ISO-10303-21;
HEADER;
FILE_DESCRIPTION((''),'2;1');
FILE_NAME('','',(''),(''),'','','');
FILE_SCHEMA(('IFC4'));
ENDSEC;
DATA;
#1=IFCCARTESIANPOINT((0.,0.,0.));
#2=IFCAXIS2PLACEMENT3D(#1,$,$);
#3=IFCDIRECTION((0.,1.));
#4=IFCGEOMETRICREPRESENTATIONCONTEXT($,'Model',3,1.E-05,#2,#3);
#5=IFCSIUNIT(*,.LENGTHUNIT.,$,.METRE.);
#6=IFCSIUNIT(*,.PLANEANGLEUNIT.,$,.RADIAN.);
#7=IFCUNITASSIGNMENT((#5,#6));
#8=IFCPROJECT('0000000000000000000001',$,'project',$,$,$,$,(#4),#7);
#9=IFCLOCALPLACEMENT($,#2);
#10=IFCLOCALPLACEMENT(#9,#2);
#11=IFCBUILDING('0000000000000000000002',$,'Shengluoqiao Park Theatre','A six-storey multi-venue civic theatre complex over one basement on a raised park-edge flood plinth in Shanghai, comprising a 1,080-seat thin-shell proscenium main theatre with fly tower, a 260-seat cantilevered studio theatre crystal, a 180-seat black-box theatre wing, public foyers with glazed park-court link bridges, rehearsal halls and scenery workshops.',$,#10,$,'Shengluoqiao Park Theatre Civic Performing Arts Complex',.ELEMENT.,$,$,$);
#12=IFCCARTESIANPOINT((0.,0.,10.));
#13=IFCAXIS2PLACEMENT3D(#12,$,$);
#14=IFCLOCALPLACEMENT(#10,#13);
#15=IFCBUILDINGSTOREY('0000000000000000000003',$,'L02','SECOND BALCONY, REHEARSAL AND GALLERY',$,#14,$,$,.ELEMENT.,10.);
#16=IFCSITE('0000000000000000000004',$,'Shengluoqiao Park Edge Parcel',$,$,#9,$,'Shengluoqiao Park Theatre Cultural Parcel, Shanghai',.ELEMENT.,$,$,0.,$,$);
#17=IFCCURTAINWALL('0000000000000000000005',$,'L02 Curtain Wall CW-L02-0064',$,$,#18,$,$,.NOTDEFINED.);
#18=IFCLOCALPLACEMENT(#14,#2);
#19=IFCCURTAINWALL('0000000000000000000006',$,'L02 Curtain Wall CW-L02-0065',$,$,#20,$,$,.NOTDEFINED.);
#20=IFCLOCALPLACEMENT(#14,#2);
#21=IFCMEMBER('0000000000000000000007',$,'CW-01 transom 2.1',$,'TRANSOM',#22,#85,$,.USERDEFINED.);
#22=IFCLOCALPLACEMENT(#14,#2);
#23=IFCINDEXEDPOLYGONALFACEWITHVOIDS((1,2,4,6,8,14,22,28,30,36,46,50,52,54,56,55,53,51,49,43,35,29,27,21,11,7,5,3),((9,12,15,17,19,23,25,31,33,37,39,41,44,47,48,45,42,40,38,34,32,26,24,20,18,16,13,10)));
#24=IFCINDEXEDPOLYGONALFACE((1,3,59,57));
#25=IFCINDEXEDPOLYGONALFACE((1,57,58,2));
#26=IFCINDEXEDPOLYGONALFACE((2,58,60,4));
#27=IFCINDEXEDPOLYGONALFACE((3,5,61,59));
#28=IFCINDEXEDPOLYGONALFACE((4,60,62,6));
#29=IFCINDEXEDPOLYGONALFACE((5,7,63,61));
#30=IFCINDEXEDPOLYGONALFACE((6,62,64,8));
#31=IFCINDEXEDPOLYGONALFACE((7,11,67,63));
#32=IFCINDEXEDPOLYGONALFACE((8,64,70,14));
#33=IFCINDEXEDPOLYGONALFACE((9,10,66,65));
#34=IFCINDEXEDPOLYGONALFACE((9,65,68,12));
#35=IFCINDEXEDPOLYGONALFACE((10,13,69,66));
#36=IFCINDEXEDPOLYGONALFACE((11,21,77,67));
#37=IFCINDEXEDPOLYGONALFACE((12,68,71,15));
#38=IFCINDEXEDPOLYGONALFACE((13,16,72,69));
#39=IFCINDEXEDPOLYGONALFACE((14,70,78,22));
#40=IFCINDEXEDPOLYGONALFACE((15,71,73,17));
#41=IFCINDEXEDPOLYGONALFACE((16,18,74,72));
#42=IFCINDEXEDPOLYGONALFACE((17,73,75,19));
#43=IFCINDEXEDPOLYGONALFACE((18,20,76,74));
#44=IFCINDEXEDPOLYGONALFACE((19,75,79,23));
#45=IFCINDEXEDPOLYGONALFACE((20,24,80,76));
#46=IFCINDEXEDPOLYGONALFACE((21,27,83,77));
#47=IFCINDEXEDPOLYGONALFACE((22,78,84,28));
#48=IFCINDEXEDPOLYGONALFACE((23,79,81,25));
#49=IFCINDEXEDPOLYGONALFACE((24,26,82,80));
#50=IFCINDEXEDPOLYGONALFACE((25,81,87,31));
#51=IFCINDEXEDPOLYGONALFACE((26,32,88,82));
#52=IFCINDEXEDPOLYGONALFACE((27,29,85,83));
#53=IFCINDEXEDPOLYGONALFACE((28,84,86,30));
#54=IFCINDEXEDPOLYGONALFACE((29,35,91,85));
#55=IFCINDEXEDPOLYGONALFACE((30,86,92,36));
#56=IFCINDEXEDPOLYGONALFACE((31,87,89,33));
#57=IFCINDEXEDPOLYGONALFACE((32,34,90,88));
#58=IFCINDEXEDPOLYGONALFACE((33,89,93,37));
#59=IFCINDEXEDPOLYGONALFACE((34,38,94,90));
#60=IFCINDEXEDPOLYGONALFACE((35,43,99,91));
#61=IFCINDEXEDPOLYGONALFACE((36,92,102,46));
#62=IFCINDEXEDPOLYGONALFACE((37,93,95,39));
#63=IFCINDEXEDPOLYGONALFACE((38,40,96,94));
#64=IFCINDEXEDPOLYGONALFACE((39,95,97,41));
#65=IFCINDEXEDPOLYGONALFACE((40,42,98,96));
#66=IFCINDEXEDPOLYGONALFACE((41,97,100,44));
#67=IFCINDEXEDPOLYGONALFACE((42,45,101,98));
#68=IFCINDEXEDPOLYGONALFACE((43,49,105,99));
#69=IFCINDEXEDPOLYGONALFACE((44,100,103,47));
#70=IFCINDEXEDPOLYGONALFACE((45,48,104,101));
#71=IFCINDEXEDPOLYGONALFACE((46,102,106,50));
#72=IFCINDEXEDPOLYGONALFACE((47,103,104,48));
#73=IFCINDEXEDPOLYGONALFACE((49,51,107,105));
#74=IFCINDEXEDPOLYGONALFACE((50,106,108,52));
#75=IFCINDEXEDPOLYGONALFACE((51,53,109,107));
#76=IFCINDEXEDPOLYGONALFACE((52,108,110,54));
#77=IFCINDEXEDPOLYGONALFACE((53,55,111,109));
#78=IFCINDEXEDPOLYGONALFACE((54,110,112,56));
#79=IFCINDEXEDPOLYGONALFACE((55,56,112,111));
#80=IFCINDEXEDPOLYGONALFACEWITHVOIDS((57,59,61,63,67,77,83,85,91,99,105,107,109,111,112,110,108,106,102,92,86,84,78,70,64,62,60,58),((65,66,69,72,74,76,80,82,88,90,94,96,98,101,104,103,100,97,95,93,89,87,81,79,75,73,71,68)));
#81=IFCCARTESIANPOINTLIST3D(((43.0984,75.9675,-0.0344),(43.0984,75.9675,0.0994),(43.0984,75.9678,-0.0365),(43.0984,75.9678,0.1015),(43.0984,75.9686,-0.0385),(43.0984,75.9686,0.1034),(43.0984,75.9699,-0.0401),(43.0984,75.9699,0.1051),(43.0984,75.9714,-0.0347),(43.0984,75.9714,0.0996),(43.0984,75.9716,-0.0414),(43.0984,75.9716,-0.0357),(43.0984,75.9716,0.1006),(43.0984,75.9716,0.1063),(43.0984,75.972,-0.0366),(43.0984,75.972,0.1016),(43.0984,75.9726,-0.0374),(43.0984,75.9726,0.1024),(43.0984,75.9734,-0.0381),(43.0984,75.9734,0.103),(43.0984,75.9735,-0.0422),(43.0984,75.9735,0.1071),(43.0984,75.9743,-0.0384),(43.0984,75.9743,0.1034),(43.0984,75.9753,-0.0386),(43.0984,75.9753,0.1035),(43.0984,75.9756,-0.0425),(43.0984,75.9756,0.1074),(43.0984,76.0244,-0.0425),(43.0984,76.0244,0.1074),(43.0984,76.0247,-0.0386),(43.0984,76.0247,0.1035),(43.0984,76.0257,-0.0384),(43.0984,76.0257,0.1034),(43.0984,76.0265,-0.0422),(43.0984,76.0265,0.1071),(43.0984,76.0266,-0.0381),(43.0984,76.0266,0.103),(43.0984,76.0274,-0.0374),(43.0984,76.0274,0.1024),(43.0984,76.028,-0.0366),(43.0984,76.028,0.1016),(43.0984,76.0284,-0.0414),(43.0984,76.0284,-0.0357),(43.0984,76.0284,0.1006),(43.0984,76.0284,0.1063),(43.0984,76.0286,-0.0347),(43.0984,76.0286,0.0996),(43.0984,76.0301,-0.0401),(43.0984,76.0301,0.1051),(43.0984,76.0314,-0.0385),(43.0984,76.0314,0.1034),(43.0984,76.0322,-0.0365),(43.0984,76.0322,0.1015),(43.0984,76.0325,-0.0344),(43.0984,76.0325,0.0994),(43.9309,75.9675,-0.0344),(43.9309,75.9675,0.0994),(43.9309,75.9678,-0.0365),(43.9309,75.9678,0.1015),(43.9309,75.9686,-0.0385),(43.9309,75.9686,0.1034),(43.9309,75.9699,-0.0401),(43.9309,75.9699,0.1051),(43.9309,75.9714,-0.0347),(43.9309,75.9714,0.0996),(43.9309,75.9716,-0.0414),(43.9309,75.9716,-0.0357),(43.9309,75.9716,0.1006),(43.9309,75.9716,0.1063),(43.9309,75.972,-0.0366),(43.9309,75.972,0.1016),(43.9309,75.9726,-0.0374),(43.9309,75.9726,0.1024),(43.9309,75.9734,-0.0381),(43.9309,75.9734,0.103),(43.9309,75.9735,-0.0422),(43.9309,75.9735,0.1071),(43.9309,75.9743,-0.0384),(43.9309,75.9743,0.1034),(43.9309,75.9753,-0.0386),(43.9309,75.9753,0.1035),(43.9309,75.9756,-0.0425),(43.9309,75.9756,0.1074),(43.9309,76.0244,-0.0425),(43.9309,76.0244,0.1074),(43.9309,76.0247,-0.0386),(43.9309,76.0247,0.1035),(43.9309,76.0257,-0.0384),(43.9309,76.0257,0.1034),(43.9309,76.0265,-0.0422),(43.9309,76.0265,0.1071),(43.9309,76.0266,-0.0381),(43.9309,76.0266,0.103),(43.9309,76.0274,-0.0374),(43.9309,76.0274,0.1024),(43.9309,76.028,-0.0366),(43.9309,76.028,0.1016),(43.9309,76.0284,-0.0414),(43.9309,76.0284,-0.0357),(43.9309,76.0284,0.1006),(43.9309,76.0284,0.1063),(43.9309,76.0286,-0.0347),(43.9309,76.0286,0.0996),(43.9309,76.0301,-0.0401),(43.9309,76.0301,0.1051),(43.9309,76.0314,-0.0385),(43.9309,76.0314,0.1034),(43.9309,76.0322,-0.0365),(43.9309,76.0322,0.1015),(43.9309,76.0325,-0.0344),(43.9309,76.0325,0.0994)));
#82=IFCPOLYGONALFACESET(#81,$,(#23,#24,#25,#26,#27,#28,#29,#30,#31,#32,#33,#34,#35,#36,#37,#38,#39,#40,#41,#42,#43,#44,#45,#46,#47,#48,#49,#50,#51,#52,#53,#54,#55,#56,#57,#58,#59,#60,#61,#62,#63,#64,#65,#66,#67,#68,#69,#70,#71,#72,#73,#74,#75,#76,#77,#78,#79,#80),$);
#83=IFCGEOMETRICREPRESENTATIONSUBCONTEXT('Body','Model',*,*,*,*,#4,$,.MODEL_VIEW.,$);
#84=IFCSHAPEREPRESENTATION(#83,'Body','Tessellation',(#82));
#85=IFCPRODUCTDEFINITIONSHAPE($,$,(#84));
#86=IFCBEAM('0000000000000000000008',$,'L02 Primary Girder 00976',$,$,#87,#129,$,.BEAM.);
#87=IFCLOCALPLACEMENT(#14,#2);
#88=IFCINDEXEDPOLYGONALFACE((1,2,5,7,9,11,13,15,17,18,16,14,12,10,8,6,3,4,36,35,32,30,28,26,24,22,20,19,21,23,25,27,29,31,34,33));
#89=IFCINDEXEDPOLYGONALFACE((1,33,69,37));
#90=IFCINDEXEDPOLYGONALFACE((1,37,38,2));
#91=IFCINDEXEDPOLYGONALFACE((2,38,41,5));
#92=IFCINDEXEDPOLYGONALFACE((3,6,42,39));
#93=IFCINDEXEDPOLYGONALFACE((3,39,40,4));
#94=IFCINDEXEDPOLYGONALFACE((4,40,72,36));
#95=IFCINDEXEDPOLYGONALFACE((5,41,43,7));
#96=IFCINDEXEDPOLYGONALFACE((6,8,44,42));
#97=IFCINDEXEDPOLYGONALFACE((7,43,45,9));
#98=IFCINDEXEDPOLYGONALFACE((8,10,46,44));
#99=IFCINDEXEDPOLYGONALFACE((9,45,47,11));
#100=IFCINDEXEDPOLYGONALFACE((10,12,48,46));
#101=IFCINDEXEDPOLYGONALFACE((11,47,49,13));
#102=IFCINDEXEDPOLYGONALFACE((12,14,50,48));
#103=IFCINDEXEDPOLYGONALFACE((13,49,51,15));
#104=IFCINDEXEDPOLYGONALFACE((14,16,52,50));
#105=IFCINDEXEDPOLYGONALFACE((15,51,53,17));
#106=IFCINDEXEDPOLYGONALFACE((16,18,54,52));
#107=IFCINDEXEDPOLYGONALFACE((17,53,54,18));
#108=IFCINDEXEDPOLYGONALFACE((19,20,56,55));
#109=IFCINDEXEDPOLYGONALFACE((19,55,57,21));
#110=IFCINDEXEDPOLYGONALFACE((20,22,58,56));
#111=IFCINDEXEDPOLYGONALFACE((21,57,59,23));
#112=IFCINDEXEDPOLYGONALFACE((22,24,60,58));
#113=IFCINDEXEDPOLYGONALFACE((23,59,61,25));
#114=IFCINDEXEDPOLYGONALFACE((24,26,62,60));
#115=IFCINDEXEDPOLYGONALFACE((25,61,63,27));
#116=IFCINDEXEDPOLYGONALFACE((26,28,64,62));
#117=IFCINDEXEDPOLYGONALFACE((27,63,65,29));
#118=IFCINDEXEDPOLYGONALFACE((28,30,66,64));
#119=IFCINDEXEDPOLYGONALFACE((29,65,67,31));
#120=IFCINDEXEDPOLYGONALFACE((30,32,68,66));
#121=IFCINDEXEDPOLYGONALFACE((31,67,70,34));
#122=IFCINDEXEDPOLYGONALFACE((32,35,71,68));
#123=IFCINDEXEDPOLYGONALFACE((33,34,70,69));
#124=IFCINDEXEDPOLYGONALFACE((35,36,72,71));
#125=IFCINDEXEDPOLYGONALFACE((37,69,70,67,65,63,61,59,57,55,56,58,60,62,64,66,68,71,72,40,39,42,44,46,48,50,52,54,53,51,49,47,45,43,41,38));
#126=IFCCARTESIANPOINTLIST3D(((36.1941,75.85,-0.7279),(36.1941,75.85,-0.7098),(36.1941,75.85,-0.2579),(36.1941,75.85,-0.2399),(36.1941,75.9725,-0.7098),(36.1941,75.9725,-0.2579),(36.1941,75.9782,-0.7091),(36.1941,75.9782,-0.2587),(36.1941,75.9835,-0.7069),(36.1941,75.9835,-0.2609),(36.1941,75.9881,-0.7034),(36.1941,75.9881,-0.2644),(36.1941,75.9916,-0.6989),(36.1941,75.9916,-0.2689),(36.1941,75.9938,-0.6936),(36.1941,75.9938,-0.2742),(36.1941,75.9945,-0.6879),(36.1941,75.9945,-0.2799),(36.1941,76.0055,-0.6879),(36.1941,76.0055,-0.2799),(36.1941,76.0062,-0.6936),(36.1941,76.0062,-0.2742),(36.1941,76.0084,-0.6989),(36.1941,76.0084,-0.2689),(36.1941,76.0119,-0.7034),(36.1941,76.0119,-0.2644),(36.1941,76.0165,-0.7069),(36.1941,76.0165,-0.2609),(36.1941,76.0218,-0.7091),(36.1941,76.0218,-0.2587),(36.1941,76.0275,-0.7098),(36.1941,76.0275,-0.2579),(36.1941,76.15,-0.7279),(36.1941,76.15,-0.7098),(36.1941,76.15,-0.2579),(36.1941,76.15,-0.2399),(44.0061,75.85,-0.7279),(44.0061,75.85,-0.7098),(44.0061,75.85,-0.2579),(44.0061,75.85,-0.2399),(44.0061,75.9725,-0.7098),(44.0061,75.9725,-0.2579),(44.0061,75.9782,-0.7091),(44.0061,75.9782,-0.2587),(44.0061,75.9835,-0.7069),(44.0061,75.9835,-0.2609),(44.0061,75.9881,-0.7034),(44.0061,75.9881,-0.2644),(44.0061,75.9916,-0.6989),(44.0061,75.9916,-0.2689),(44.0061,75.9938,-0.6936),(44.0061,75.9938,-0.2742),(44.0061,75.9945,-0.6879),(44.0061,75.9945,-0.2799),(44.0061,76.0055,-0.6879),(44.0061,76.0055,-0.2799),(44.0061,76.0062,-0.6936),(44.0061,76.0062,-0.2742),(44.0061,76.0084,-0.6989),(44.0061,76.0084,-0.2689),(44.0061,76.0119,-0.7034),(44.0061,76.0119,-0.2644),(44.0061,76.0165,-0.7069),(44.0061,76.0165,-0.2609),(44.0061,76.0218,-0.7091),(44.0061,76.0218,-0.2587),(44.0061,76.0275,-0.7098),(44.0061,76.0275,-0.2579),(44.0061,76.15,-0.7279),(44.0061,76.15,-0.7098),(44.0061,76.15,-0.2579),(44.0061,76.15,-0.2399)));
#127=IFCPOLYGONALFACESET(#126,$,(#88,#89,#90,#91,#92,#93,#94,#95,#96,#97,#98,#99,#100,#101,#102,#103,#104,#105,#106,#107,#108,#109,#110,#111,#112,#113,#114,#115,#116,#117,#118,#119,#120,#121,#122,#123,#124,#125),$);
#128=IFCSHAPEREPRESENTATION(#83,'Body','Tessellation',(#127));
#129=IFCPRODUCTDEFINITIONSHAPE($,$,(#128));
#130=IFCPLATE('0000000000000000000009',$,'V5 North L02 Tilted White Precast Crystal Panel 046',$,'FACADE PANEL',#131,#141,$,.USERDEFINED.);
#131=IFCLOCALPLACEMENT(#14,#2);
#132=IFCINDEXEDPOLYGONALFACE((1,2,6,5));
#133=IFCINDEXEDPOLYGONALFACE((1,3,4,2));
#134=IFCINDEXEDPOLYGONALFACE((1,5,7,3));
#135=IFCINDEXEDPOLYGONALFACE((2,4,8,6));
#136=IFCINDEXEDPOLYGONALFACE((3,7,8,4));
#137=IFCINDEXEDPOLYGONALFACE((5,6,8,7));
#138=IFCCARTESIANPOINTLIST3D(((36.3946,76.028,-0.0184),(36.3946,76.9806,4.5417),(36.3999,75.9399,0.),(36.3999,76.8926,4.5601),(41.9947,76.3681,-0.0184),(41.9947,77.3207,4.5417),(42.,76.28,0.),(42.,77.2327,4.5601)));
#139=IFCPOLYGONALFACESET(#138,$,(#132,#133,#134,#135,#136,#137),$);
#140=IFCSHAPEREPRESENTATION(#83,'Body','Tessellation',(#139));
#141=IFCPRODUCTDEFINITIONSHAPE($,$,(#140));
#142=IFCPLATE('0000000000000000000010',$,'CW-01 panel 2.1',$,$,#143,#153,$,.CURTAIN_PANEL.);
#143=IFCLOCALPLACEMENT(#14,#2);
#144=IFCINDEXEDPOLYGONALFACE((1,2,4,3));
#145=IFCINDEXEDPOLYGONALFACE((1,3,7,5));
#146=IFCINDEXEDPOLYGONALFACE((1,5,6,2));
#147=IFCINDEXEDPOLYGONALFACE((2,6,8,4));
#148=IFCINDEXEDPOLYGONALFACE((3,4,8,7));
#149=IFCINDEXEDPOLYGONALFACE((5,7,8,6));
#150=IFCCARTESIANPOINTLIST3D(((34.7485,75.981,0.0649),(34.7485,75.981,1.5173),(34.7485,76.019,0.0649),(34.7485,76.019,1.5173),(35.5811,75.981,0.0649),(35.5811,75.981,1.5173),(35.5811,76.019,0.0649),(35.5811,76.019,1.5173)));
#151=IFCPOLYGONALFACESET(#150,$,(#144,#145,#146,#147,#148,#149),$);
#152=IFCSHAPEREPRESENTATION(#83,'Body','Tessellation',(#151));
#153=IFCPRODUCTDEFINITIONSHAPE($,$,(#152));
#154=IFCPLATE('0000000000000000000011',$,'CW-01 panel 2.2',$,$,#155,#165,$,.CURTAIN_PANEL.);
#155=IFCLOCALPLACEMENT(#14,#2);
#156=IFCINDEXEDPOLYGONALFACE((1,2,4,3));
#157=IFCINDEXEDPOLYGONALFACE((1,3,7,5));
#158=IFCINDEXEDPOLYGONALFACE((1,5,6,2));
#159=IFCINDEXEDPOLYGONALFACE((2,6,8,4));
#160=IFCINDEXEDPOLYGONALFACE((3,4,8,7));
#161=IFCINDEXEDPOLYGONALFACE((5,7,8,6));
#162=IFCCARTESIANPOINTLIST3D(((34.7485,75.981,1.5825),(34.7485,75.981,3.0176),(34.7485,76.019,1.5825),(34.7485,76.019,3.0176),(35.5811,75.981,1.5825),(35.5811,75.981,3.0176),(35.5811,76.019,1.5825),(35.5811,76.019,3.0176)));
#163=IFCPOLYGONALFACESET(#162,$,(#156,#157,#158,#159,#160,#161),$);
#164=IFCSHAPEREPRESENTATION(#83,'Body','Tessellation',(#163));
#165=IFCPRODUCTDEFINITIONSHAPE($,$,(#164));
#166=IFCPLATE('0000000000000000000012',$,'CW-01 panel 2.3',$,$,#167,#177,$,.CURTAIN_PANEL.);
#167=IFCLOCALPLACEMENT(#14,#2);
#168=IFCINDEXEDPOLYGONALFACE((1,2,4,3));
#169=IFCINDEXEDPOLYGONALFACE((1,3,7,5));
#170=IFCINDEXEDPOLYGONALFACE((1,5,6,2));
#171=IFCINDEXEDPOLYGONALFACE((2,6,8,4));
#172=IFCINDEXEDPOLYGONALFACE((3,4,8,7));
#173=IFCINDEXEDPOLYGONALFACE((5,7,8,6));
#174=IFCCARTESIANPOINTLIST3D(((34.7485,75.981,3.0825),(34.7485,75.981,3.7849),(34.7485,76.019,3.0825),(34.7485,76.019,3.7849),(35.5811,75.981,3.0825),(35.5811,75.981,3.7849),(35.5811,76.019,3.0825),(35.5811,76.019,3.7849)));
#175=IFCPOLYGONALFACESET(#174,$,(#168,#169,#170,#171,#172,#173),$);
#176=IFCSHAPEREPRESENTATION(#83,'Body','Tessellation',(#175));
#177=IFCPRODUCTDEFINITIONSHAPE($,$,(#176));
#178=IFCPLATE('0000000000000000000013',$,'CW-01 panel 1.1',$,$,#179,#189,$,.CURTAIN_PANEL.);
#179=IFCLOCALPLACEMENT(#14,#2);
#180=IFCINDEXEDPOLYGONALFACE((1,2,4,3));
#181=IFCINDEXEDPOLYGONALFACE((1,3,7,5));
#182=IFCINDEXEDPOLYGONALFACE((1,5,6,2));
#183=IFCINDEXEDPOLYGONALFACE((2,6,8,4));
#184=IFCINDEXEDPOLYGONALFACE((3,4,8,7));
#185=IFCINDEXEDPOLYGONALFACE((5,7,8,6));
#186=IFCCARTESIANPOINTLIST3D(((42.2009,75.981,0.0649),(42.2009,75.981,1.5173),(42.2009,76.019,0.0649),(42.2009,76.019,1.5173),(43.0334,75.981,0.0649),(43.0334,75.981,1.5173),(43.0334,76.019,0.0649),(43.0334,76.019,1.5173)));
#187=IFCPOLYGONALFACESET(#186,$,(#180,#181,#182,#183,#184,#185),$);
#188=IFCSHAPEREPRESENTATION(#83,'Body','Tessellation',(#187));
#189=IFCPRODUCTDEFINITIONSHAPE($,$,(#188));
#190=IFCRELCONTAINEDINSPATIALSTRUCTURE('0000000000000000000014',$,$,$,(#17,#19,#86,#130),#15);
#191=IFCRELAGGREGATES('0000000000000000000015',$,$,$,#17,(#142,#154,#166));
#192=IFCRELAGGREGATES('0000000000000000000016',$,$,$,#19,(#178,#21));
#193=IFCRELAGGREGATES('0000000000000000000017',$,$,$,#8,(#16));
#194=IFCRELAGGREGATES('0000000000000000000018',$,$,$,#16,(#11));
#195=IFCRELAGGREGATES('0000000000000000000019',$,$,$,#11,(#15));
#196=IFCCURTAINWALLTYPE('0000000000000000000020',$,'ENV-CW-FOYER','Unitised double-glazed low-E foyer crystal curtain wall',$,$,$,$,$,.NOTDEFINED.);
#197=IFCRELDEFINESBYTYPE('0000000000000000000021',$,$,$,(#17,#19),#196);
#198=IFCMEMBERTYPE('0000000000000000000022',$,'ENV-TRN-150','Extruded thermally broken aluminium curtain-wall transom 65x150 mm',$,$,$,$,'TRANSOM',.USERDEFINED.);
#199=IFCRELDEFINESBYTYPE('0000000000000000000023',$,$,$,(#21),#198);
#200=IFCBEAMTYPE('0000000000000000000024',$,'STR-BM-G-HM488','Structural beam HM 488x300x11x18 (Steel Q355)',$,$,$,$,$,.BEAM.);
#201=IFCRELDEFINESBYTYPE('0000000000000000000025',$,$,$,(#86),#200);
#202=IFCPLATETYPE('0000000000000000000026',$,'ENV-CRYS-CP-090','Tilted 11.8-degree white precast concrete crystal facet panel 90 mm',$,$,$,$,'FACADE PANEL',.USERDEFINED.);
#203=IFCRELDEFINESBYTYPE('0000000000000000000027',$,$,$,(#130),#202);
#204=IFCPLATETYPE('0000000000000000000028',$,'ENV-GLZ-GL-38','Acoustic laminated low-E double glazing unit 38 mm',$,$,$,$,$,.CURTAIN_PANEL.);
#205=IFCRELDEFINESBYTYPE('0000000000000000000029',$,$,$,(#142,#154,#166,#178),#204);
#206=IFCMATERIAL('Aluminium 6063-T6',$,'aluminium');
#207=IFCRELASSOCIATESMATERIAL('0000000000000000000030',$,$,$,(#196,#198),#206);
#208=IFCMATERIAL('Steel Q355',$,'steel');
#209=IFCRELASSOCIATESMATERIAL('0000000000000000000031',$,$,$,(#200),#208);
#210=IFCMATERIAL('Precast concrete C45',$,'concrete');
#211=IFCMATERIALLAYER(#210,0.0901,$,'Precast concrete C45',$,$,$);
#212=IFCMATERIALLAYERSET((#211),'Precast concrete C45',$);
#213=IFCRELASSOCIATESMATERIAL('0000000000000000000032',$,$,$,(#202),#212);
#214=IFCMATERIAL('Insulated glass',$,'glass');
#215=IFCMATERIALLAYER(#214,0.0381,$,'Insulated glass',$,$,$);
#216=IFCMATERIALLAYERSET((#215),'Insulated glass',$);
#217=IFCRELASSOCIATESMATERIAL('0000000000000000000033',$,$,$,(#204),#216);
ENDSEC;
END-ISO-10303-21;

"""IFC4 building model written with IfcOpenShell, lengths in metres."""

from ifc_helpers import new_model, si_unit, direction, frame, origin, origin_2d, place, context, subcontext, project, spatial, polyline, rectangle, hollow_rectangle, i_section, outline, extrude, material, layer, layer_set, material_profile, profile_set, type_object, element, aggregate, save


model = new_model("IFC4")

# Units and contexts
model_context = context("Model", 3, precision=1e-05, world=origin(), true_north=direction((0.0, 1.0)))
body_context = subcontext(model_context, "Body", "Model", "MODEL_VIEW")
ifc_project = project(units=[si_unit("LENGTHUNIT", "METRE"), si_unit("PLANEANGLEUNIT", "RADIAN")], contexts=[model_context])

# Site, building, storey
site_placement = place(None, origin())
site = spatial("IfcSite", under=ifc_project, at=site_placement, Name="Shengluoqiao Park Edge Parcel", LongName="Shengluoqiao Park Theatre Cultural Parcel, Shanghai", CompositionType="ELEMENT", RefElevation=0.0)
building_placement = place(site_placement, origin())
building = spatial("IfcBuilding", under=site, at=building_placement, Name="Shengluoqiao Park Theatre", Description="A six-storey multi-venue civic theatre complex over one basement on a raised park-edge flood plinth in Shanghai, comprising a 1,080-seat thin-shell proscenium main theatre with fly tower, a 260-seat cantilevered studio theatre crystal, a 180-seat black-box theatre wing, public foyers with glazed park-court link bridges, rehearsal halls and scenery workshops.", LongName="Shengluoqiao Park Theatre Civic Performing Arts Complex", CompositionType="ELEMENT")
storey_placement = place(building_placement, frame((0.0, 0.0, 10.0)))
storey = spatial("IfcBuildingStorey", under=building, at=storey_placement, Name="L02", Description="SECOND BALCONY, REHEARSAL AND GALLERY", CompositionType="ELEMENT", Elevation=10.0)

# Curtain wall
ifc_material_1 = material(Name="Aluminium 6063-T6", Category="aluminium")
curtain_wall_type = type_object("IfcCurtainWallType", Name="ENV-CW-FOYER", Description="Unitised double-glazed low-E foyer crystal curtain wall", PredefinedType="NOTDEFINED", material=ifc_material_1)
curtain_wall_1_placement = place(storey_placement, origin())
curtain_wall_1 = element("IfcCurtainWall", 1, at=curtain_wall_1_placement, inside=storey, type_object=curtain_wall_type, Name="L02 Curtain Wall CW-L02-0064", PredefinedType="NOTDEFINED")

# Curtain wall
curtain_wall_2_placement = place(storey_placement, origin())
curtain_wall_2 = element("IfcCurtainWall", 2, at=curtain_wall_2_placement, inside=storey, type_object=curtain_wall_type, Name="L02 Curtain Wall CW-L02-0065", PredefinedType="NOTDEFINED")

# Member
ifc_material_profile_1 = material_profile(ifc_material_1, hollow_rectangle(XDim=0.0649, YDim=0.1499, WallThickness=0.0039, InnerFilletRadius=0.0039, OuterFilletRadius=0.0081, at=origin_2d()), Name="ALU TRANSOM 150x65x4")
ifc_profile_set_1 = profile_set([ifc_material_profile_1], Name="Aluminium 6063-T6")
member_type_1 = type_object("IfcMemberType", Name="ENV-TRN-150", Description="Extruded thermally broken aluminium curtain-wall transom 65x150 mm", ElementType="TRANSOM", PredefinedType="USERDEFINED", material=ifc_profile_set_1)
member_1_placement = place(storey_placement, frame((43.0984, 76.0, 0.0325), z_axis=(1.0, 0.0, 0.0), x_axis=(0.0, 1.0, 0.0)))
member_1 = element("IfcMember", 3, at=member_1_placement, type_object=member_type_1, Name="CW-01 transom 2.1", ObjectType="TRANSOM", PredefinedType="USERDEFINED", context=body_context, shape_type="SweptSolid", body=[
    extrude(hollow_rectangle(XDim=0.0649, YDim=0.1499, WallThickness=0.0039, InnerFilletRadius=0.0039, OuterFilletRadius=0.0081, at=origin_2d()), origin(), (0.0, 0.0, 1.0), 0.8325),
])

# Beam
ifc_material_2 = material(Name="Steel Q355", Category="steel")
ifc_material_profile_2 = material_profile(ifc_material_2, i_section(OverallWidth=0.3, OverallDepth=0.488, WebThickness=0.011, FlangeThickness=0.0181, FilletRadius=0.022, at=origin_2d()), Name="HM 488x300x11x18")
ifc_profile_set_2 = profile_set([ifc_material_profile_2], Name="Steel Q355")
beam_type = type_object("IfcBeamType", Name="STR-BM-G-HM488", Description="Structural beam HM 488x300x11x18 (Steel Q355)", PredefinedType="BEAM", material=ifc_profile_set_2)
beam_placement = place(storey_placement, frame((36.1941, 76.0, -0.4839), z_axis=(1.0, 0.0, 0.0), x_axis=(0.0, 1.0, 0.0)))
element("IfcBeam", 4, at=beam_placement, inside=storey, type_object=beam_type, Name="L02 Primary Girder 00976", PredefinedType="BEAM", context=body_context, shape_type="SweptSolid", body=[
    extrude(i_section(OverallWidth=0.3, OverallDepth=0.488, WebThickness=0.011, FlangeThickness=0.0181, FilletRadius=0.022, at=origin_2d()), origin(), (0.0, 0.0, 1.0), 7.812),
])

# Plates
ifc_material_3 = material(Name="Precast concrete C45", Category="concrete")
ifc_layer_1 = layer(ifc_material_3, 0.0901, Name="Precast concrete C45")
ifc_layer_set_1 = layer_set([ifc_layer_1], Name="Precast concrete C45")
plate_type_1 = type_object("IfcPlateType", Name="ENV-CRYS-CP-090", Description="Tilted 11.8-degree white precast concrete crystal facet panel 90 mm", ElementType="FACADE PANEL", PredefinedType="USERDEFINED", material=ifc_layer_set_1)
plate_1_placement = place(storey_placement, frame((36.3999, 75.9399, 0.0), z_axis=(0.059341, -0.977143, 0.204134), x_axis=(0.998161, 0.060617, 0.0)))
element("IfcPlate", 5, at=plate_1_placement, inside=storey, type_object=plate_type_1, Name="V5 North L02 Tilted White Precast Crystal Panel 046", ObjectType="FACADE PANEL", PredefinedType="USERDEFINED", context=body_context, shape_type="SweptSolid", body=[
    extrude(outline(polyline([(0.0, 0.0), (5.6104, 0.0), (5.6682, 4.6581), (0.0577, 4.6581), (0.0, 0.0)])), origin(), (0.0, 0.0, -1.0), 0.0901),
])
ifc_material_4 = material(Name="Insulated glass", Category="glass")
ifc_layer_2 = layer(ifc_material_4, 0.0381, Name="Insulated glass")
ifc_layer_set_2 = layer_set([ifc_layer_2], Name="Insulated glass")
plate_type_2 = type_object("IfcPlateType", Name="ENV-GLZ-GL-38", Description="Acoustic laminated low-E double glazing unit 38 mm", PredefinedType="CURTAIN_PANEL", material=ifc_layer_set_2)
plate_2_placement = place(storey_placement, frame((35.1648, 76.0, 0.0649), z_axis=(0.0, 0.0, 1.0), x_axis=(1.0, 0.0, 0.0)))
plate_2 = element("IfcPlate", 6, at=plate_2_placement, type_object=plate_type_2, Name="CW-01 panel 2.1", PredefinedType="CURTAIN_PANEL", context=body_context, shape_type="SweptSolid", body=[
    extrude(rectangle(XDim=0.8325, YDim=0.0381, at=origin_2d()), origin(), (0.0, 0.0, 1.0), 1.4524),
])
plate_3_placement = place(storey_placement, frame((35.1648, 76.0, 1.5825), z_axis=(0.0, 0.0, 1.0), x_axis=(1.0, 0.0, 0.0)))
plate_3 = element("IfcPlate", 7, at=plate_3_placement, type_object=plate_type_2, Name="CW-01 panel 2.2", PredefinedType="CURTAIN_PANEL", context=body_context, shape_type="SweptSolid", body=[
    extrude(rectangle(XDim=0.8325, YDim=0.0381, at=origin_2d()), origin(), (0.0, 0.0, 1.0), 1.4351),
])
plate_4_placement = place(storey_placement, frame((35.1648, 76.0, 3.0825), z_axis=(0.0, 0.0, 1.0), x_axis=(1.0, 0.0, 0.0)))
plate_4 = element("IfcPlate", 8, at=plate_4_placement, type_object=plate_type_2, Name="CW-01 panel 2.3", PredefinedType="CURTAIN_PANEL", context=body_context, shape_type="SweptSolid", body=[
    extrude(rectangle(XDim=0.8325, YDim=0.0381, at=origin_2d()), origin(), (0.0, 0.0, 1.0), 0.7024),
])
aggregate(curtain_wall_1, [plate_2, plate_3, plate_4])
plate_5_placement = place(storey_placement, frame((42.6172, 76.0, 0.0649), z_axis=(0.0, 0.0, 1.0), x_axis=(1.0, 0.0, 0.0)))
plate_5 = element("IfcPlate", 9, at=plate_5_placement, type_object=plate_type_2, Name="CW-01 panel 1.1", PredefinedType="CURTAIN_PANEL", context=body_context, shape_type="SweptSolid", body=[
    extrude(rectangle(XDim=0.8325, YDim=0.0381, at=origin_2d()), origin(), (0.0, 0.0, 1.0), 1.4524),
])
aggregate(curtain_wall_2, [plate_5, member_1])

save(model, "model.ifc")
